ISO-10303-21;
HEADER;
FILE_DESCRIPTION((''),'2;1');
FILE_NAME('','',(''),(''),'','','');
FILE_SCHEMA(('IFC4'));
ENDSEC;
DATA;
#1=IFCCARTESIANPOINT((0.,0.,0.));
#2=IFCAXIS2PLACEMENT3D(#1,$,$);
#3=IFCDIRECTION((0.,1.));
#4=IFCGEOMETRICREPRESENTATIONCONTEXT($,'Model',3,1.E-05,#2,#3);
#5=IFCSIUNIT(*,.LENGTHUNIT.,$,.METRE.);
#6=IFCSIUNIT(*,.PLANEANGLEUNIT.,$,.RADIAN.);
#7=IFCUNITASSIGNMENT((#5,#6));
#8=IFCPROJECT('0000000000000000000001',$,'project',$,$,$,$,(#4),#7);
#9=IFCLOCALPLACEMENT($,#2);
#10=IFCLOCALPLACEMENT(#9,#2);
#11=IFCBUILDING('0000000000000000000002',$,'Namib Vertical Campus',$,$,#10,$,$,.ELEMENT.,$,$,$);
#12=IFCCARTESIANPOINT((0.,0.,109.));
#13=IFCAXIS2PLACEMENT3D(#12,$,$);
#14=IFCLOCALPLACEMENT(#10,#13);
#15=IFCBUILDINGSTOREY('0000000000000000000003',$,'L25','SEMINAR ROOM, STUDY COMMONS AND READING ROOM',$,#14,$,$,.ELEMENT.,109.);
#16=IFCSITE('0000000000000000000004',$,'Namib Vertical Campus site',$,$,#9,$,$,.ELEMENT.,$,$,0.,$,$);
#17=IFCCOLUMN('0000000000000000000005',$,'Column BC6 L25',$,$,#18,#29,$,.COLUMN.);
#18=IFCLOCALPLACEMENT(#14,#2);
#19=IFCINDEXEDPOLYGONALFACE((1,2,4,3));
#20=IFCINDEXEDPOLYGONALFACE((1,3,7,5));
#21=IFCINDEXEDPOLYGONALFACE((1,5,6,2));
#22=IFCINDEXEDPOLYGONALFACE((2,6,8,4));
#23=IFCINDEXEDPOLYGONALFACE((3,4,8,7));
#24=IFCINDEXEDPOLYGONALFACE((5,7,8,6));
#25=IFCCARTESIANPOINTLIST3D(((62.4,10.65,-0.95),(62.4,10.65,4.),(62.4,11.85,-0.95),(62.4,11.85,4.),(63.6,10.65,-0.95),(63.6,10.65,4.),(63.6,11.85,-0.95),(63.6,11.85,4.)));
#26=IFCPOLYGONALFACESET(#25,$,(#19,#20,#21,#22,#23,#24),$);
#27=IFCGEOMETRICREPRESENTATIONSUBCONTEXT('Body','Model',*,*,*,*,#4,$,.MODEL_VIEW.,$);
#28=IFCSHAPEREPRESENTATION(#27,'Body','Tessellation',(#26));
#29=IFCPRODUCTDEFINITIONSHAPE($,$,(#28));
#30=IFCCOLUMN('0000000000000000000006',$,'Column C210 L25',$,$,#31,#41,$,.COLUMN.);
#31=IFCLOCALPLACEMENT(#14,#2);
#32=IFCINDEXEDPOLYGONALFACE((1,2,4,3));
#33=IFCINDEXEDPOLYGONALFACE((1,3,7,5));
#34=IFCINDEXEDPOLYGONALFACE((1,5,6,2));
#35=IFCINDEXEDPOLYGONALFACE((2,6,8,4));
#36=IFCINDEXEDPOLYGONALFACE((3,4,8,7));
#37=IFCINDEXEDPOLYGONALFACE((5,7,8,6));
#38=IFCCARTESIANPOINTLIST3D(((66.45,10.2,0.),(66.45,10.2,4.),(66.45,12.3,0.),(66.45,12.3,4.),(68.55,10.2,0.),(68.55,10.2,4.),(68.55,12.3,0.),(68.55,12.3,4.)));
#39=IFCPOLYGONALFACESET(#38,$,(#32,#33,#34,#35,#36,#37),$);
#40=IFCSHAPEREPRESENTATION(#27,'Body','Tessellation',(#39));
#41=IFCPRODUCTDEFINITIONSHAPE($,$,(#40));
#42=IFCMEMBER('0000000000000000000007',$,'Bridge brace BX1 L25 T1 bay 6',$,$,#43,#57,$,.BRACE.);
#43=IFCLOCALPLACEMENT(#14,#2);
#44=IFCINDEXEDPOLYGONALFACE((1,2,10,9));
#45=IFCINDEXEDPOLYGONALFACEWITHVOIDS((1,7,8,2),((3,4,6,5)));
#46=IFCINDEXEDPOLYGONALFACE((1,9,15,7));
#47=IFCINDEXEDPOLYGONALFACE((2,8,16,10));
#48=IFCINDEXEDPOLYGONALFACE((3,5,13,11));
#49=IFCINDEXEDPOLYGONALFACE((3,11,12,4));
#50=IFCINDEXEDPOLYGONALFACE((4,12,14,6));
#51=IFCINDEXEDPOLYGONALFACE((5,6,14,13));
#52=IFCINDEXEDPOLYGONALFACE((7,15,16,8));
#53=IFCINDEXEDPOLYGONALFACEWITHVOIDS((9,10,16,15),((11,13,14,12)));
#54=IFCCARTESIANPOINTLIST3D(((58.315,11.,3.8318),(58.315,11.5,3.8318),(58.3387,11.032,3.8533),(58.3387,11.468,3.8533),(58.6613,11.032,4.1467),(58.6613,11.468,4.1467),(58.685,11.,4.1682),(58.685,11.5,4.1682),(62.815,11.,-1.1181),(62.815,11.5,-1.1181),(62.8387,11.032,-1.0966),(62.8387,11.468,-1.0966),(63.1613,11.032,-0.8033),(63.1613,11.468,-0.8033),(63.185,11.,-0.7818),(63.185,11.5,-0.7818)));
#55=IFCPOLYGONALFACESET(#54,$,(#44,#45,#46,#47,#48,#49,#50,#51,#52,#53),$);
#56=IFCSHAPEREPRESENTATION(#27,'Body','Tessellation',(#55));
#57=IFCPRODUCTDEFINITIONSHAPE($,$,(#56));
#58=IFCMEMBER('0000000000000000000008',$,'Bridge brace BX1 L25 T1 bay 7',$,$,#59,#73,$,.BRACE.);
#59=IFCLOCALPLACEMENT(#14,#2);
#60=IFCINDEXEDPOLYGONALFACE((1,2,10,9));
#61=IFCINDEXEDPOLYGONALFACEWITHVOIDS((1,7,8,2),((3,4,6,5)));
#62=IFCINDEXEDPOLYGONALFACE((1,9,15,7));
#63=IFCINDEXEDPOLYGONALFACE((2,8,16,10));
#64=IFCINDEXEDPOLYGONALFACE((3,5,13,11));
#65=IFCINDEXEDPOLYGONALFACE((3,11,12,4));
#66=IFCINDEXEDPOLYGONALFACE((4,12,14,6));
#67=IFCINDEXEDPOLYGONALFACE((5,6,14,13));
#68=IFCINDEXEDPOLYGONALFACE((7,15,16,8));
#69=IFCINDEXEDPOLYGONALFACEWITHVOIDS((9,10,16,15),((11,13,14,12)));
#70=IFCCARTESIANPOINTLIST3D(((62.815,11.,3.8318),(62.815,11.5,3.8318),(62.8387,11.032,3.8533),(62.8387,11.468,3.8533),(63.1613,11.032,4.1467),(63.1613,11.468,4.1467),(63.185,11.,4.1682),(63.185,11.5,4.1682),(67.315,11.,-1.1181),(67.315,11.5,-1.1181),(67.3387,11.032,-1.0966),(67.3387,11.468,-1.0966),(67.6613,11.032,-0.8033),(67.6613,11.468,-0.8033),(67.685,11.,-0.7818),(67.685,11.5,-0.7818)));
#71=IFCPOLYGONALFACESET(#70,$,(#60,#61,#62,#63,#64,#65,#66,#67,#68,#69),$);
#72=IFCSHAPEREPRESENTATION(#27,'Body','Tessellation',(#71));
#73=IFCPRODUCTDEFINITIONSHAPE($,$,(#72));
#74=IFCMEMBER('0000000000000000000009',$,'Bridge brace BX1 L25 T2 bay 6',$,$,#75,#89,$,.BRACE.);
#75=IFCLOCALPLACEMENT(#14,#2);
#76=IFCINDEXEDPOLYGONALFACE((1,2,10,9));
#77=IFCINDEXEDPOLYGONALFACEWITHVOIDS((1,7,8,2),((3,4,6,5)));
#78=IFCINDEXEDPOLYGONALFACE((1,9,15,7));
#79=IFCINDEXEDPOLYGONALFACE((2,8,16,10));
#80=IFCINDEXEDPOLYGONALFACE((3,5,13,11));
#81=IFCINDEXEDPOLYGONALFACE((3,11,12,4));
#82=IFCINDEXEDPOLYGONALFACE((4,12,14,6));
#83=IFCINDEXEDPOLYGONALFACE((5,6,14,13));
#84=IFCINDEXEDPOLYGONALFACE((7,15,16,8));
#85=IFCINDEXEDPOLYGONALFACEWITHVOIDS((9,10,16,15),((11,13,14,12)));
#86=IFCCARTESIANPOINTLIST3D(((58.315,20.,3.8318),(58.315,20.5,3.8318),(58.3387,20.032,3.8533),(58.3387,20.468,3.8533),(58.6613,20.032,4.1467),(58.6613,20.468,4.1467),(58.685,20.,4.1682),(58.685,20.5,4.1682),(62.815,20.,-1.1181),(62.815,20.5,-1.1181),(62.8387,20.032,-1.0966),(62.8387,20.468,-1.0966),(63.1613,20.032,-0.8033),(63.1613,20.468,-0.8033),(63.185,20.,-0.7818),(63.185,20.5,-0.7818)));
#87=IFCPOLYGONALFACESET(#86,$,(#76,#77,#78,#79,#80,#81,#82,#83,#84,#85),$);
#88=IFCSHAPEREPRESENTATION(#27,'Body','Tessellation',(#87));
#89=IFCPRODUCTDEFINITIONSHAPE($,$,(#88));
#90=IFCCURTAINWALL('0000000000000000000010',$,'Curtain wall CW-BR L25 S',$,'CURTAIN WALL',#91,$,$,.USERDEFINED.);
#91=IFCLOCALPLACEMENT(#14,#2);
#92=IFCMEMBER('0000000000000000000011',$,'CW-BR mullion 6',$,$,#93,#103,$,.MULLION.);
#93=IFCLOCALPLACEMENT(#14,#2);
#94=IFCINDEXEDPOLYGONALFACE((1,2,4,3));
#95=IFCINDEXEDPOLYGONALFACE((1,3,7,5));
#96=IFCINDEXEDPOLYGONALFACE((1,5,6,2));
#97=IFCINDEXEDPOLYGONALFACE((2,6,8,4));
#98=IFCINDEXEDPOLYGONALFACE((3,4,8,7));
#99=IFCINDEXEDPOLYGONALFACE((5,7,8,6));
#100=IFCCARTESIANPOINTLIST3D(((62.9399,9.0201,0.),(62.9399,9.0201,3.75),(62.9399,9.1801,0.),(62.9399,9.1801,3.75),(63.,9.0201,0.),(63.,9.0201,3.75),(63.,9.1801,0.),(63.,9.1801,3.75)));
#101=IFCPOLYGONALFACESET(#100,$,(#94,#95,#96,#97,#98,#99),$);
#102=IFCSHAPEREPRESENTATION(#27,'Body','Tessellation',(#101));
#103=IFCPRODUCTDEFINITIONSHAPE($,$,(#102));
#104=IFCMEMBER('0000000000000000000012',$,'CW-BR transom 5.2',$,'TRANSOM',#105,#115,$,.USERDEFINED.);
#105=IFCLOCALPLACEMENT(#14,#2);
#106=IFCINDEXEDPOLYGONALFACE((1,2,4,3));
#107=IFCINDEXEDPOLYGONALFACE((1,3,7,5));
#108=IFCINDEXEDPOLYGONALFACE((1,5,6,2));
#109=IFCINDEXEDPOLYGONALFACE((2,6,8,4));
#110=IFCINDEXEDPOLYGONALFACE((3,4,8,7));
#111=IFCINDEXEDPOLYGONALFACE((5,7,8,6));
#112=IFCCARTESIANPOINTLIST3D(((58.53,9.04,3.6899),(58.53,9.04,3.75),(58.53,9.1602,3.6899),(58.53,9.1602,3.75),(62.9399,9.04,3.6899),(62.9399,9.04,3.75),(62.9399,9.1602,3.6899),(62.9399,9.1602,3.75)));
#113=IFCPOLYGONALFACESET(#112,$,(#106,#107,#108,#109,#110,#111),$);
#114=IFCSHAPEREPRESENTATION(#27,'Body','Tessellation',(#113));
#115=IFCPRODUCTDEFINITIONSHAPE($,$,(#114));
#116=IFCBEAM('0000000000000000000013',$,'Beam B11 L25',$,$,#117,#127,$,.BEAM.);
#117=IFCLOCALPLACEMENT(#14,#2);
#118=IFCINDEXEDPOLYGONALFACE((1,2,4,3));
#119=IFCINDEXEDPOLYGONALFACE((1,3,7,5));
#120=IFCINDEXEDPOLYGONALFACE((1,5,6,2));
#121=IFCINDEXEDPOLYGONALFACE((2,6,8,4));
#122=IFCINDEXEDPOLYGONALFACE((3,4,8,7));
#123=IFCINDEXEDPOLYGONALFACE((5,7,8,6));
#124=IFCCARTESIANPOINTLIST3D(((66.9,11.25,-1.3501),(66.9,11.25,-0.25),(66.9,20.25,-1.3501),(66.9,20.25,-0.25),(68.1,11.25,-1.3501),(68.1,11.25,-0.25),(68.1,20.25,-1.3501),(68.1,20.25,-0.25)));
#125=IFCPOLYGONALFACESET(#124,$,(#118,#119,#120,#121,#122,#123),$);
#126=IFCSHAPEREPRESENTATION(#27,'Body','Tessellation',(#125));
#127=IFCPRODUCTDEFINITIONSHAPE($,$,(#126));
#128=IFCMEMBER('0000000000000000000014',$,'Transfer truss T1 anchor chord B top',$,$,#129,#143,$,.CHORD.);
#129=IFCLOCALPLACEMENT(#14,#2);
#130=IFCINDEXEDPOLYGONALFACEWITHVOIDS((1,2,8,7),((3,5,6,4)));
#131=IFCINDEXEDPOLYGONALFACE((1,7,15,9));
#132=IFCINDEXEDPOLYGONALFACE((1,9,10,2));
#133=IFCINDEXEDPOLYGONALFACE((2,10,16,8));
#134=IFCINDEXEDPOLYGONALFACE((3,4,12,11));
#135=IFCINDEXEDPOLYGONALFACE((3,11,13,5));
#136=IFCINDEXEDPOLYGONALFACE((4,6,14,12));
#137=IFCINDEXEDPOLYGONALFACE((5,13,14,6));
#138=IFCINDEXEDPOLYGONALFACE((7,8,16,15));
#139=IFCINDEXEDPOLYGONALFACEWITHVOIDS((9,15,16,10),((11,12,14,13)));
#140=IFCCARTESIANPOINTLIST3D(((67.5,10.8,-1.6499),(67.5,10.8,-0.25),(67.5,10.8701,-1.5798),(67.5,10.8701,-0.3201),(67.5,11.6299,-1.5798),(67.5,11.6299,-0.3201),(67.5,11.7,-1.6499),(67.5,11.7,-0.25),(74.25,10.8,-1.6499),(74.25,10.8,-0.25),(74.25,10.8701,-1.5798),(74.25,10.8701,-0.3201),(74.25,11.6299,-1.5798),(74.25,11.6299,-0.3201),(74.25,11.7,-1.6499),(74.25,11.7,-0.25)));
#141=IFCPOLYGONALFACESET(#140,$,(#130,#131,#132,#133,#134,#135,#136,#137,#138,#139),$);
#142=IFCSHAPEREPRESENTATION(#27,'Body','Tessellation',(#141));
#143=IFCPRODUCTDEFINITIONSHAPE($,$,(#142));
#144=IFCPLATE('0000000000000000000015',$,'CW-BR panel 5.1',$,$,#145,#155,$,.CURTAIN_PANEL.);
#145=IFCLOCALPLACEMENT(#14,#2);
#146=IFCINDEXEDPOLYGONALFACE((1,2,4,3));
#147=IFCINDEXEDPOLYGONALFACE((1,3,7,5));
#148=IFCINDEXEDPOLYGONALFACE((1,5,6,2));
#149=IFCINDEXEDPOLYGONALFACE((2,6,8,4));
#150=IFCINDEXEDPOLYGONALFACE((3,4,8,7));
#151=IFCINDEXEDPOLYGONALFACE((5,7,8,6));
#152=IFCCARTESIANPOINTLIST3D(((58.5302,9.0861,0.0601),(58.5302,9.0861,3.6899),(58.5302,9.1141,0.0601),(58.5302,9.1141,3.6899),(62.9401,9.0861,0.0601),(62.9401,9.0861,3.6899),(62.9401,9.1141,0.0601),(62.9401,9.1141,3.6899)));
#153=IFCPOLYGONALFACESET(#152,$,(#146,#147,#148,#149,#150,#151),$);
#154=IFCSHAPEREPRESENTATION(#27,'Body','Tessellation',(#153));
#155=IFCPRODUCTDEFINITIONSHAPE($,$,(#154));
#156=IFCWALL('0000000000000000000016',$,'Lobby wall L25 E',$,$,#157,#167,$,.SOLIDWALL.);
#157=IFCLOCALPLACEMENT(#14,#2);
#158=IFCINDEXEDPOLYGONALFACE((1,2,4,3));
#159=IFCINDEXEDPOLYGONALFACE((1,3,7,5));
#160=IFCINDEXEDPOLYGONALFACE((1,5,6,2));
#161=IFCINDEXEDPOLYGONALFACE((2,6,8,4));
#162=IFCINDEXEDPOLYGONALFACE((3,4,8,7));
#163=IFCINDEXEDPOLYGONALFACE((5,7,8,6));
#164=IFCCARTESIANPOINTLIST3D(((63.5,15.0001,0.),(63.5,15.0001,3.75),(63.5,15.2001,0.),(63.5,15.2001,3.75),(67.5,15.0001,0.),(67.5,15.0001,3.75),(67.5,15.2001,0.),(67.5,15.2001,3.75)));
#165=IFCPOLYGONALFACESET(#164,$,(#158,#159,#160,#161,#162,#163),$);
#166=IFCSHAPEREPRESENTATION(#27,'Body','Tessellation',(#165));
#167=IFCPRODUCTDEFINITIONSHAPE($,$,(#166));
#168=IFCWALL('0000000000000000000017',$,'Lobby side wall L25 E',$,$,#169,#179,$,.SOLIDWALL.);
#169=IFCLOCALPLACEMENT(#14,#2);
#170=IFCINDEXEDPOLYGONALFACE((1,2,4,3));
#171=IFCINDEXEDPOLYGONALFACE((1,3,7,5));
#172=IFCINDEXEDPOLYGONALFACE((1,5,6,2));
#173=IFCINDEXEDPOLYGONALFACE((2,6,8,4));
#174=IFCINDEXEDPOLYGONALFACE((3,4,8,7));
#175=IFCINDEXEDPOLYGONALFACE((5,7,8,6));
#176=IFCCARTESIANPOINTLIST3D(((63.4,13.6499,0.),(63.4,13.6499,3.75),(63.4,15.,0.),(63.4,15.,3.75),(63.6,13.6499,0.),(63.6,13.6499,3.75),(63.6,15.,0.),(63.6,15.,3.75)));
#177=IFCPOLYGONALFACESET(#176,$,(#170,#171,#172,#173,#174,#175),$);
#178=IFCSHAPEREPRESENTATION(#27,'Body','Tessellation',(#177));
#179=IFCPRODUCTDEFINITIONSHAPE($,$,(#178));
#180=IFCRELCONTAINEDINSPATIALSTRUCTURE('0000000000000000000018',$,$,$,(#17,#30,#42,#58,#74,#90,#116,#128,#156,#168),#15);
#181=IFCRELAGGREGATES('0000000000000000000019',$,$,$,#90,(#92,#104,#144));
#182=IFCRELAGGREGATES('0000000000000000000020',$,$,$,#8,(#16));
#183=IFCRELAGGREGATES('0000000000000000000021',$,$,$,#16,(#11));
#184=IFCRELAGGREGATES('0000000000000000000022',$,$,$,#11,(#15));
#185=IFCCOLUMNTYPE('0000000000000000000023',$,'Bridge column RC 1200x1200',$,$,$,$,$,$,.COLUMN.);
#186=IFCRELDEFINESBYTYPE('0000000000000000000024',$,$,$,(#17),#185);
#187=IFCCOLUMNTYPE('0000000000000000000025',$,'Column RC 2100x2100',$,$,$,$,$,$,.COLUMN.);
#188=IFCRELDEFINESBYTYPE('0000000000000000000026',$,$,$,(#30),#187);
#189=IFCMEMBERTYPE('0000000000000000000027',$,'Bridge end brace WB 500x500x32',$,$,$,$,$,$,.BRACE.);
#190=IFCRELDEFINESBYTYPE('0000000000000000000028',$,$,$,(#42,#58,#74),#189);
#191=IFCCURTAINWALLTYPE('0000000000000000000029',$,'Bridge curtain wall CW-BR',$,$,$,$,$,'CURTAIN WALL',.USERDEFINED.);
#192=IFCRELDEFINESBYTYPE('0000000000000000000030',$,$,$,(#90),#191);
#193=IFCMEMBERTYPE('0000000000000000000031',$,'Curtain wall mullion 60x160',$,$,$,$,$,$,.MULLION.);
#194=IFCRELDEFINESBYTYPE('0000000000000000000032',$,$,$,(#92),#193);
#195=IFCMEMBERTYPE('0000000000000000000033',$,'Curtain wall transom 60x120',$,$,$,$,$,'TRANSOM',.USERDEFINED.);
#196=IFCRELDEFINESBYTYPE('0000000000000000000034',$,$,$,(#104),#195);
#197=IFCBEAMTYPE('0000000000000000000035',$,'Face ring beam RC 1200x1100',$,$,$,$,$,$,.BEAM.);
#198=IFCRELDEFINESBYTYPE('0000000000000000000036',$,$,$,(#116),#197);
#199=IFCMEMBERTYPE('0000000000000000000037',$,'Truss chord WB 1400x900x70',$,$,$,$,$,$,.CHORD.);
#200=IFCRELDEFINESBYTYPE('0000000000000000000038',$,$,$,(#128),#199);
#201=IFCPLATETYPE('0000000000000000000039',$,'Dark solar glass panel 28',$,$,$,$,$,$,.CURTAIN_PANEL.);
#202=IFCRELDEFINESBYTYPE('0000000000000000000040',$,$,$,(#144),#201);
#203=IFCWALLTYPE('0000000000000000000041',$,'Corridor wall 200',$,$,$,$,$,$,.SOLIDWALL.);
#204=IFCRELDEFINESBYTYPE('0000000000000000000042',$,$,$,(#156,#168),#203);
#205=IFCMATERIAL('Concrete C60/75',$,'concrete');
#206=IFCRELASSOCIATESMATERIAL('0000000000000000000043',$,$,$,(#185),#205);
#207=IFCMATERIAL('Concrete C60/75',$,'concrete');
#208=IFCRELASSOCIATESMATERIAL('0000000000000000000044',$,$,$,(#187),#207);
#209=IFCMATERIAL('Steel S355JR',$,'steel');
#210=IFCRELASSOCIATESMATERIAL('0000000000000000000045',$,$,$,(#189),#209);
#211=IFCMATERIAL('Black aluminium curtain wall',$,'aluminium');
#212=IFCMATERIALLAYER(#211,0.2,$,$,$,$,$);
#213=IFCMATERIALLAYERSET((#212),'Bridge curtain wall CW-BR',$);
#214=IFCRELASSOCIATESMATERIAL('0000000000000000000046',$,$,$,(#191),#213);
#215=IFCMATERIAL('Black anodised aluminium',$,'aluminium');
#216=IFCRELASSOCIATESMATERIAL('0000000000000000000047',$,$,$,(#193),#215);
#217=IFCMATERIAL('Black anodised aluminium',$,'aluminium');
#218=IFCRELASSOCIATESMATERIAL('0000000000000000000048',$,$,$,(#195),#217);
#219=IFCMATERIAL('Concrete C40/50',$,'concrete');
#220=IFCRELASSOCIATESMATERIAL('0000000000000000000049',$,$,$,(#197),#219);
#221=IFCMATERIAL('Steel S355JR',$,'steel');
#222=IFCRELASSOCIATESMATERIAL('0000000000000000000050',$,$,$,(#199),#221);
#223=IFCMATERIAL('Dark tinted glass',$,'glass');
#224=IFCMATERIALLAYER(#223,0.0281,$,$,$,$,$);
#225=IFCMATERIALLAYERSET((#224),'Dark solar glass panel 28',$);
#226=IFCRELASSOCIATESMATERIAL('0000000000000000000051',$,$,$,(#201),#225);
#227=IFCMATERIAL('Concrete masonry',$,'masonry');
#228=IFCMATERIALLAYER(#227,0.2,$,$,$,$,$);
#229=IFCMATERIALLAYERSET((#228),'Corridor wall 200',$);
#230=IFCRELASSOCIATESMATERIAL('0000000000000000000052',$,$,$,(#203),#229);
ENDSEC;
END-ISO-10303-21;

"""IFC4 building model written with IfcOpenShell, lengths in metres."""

from ifc_helpers import new_model, si_unit, direction, frame, frame_2d, origin, origin_2d, place, context, subcontext, project, spatial, rectangle, hollow_rectangle, extrude, material, layer, layer_set, material_profile, profile_set, type_object, element, aggregate, save


model = new_model("IFC4")

# Units and contexts
model_context = context("Model", 3, precision=1e-05, world=origin(), true_north=direction((0.0, 1.0)))
body_context = subcontext(model_context, "Body", "Model", "MODEL_VIEW")
ifc_project = project(units=[si_unit("LENGTHUNIT", "METRE"), si_unit("PLANEANGLEUNIT", "RADIAN")], contexts=[model_context])

# Site, building, storey
site_placement = place(None, origin())
site = spatial("IfcSite", under=ifc_project, at=site_placement, Name="Namib Vertical Campus site", CompositionType="ELEMENT", RefElevation=0.0)
building_placement = place(site_placement, origin())
building = spatial("IfcBuilding", under=site, at=building_placement, Name="Namib Vertical Campus", CompositionType="ELEMENT")
storey_placement = place(building_placement, frame((0.0, 0.0, 109.0)))
storey = spatial("IfcBuildingStorey", under=building, at=storey_placement, Name="L25", Description="SEMINAR ROOM, STUDY COMMONS AND READING ROOM", CompositionType="ELEMENT", Elevation=109.0)

# Columns
ifc_material_1 = material(Name="Concrete C60/75", Category="concrete")
ifc_material_profile_1 = material_profile(ifc_material_1, rectangle(XDim=1.2, YDim=1.2, at=origin_2d()))
ifc_profile_set_1 = profile_set([ifc_material_profile_1], Name="Concrete C60/75")
column_type_1 = type_object("IfcColumnType", Name="Bridge column RC 1200x1200", PredefinedType="COLUMN", material=ifc_profile_set_1)
column_1_placement = place(storey_placement, frame((63.0, 11.25, -0.95), z_axis=(0.0, 0.0, 1.0), x_axis=(1.0, 0.0, 0.0)))
element("IfcColumn", 1, at=column_1_placement, inside=storey, type_object=column_type_1, Name="Column BC6 L25", PredefinedType="COLUMN", context=body_context, shape_type="SweptSolid", body=[
    extrude(rectangle(XDim=1.2, YDim=1.2, at=origin_2d()), origin(), (0.0, 0.0, 1.0), 4.95),
])
ifc_material_2 = material(Name="Concrete C60/75", Category="concrete")
ifc_material_profile_2 = material_profile(ifc_material_2, rectangle(XDim=2.1001, YDim=2.1001, at=origin_2d()))
ifc_profile_set_2 = profile_set([ifc_material_profile_2], Name="Concrete C60/75")
column_type_2 = type_object("IfcColumnType", Name="Column RC 2100x2100", PredefinedType="COLUMN", material=ifc_profile_set_2)
column_2_placement = place(storey_placement, frame((67.5, 11.25, 0.0), z_axis=(0.0, 0.0, 1.0), x_axis=(1.0, 0.0, 0.0)))
element("IfcColumn", 2, at=column_2_placement, inside=storey, type_object=column_type_2, Name="Column C210 L25", PredefinedType="COLUMN", context=body_context, shape_type="SweptSolid", body=[
    extrude(rectangle(XDim=2.1001, YDim=2.1001, at=origin_2d()), origin(), (0.0, 0.0, 1.0), 4.0),
])

# Members
ifc_material_3 = material(Name="Steel S355JR", Category="steel")
ifc_material_profile_3 = material_profile(ifc_material_3, hollow_rectangle(XDim=0.5, YDim=0.5, WallThickness=0.032, at=origin_2d()))
ifc_profile_set_3 = profile_set([ifc_material_profile_3], Name="Steel S355JR")
member_type_1 = type_object("IfcMemberType", Name="Bridge end brace WB 500x500x32", PredefinedType="BRACE", material=ifc_profile_set_3)
for number, where, z_axis, x_axis, name in (
    (3, (63.0, 11.25, -0.95), (-0.672676, 0.0, 0.739937), (0.0, -1.0, 0.0), "Bridge brace BX1 L25 T1 bay 6"),
    (4, (67.5, 11.25, -0.95), (-0.672676, 0.0, 0.739937), (0.0, -1.0, 0.0), "Bridge brace BX1 L25 T1 bay 7"),
    (5, (63.0, 20.25, -0.95), (-0.672676, 0.0, 0.739937), (0.0, -1.0, 0.0), "Bridge brace BX1 L25 T2 bay 6"),
):
    element("IfcMember", number, at=place(storey_placement, frame(where, z_axis=z_axis, x_axis=x_axis)), inside=storey, type_object=member_type_1, Name=name, PredefinedType="BRACE", context=body_context, shape_type="SweptSolid", body=[
        extrude(hollow_rectangle(XDim=0.5, YDim=0.5, WallThickness=0.032, at=origin_2d()), origin(), (0.0, 0.0, 1.0), 6.6897),
    ])

# Curtain wall, members
ifc_material_4 = material(Name="Black aluminium curtain wall", Category="aluminium")
ifc_layer_1 = layer(ifc_material_4, 0.2)
ifc_layer_set_1 = layer_set([ifc_layer_1], Name="Bridge curtain wall CW-BR")
curtain_wall_type = type_object("IfcCurtainWallType", Name="Bridge curtain wall CW-BR", ElementType="CURTAIN WALL", PredefinedType="USERDEFINED", material=ifc_layer_set_1)
curtain_wall_placement = place(storey_placement, origin())
curtain_wall = element("IfcCurtainWall", 6, at=curtain_wall_placement, inside=storey, type_object=curtain_wall_type, Name="Curtain wall CW-BR L25 S", ObjectType="CURTAIN WALL", PredefinedType="USERDEFINED")
ifc_material_5 = material(Name="Black anodised aluminium", Category="aluminium")
ifc_material_profile_4 = material_profile(ifc_material_5, rectangle(XDim=0.0601, YDim=0.1599, at=origin_2d()))
ifc_profile_set_4 = profile_set([ifc_material_profile_4], Name="Black anodised aluminium")
member_type_2 = type_object("IfcMemberType", Name="Curtain wall mullion 60x160", PredefinedType="MULLION", material=ifc_profile_set_4)
member_1_placement = place(storey_placement, frame((62.97, 9.1001, 0.0), z_axis=(0.0, 0.0, 1.0), x_axis=(1.0, 0.0, 0.0)))
member_1 = element("IfcMember", 7, at=member_1_placement, type_object=member_type_2, Name="CW-BR mullion 6", PredefinedType="MULLION", context=body_context, shape_type="SweptSolid", body=[
    extrude(rectangle(XDim=0.0601, YDim=0.1599, at=origin_2d()), origin(), (0.0, 0.0, 1.0), 3.75),
])
ifc_material_6 = material(Name="Black anodised aluminium", Category="aluminium")
ifc_material_profile_5 = material_profile(ifc_material_6, rectangle(XDim=0.0601, YDim=0.1201, at=origin_2d()))
ifc_profile_set_5 = profile_set([ifc_material_profile_5], Name="Black anodised aluminium")
member_type_3 = type_object("IfcMemberType", Name="Curtain wall transom 60x120", ElementType="TRANSOM", PredefinedType="USERDEFINED", material=ifc_profile_set_5)
member_2_placement = place(storey_placement, frame((58.53, 9.1001, 3.72), z_axis=(1.0, 0.0, 0.0), x_axis=(0.0, 0.0, 1.0)))
member_2 = element("IfcMember", 8, at=member_2_placement, type_object=member_type_3, Name="CW-BR transom 5.2", ObjectType="TRANSOM", PredefinedType="USERDEFINED", context=body_context, shape_type="SweptSolid", body=[
    extrude(rectangle(XDim=0.0601, YDim=0.1201, at=origin_2d()), origin(), (0.0, 0.0, 1.0), 4.4099),
])

# Beam
ifc_material_7 = material(Name="Concrete C40/50", Category="concrete")
ifc_material_profile_6 = material_profile(ifc_material_7, rectangle(XDim=1.2, YDim=1.1001, at=origin_2d()))
ifc_profile_set_6 = profile_set([ifc_material_profile_6], Name="Concrete C40/50")
beam_type = type_object("IfcBeamType", Name="Face ring beam RC 1200x1100", PredefinedType="BEAM", material=ifc_profile_set_6)
beam_placement = place(storey_placement, frame((67.5, 11.25, -0.8), z_axis=(0.0, 1.0, 0.0), x_axis=(-1.0, 0.0, 0.0)))
element("IfcBeam", 9, at=beam_placement, inside=storey, type_object=beam_type, Name="Beam B11 L25", PredefinedType="BEAM", context=body_context, shape_type="SweptSolid", body=[
    extrude(rectangle(XDim=1.2, YDim=1.1001, at=origin_2d()), origin(), (0.0, 0.0, 1.0), 9.0),
])

# Member
ifc_material_8 = material(Name="Steel S355JR", Category="steel")
ifc_material_profile_7 = material_profile(ifc_material_8, hollow_rectangle(XDim=0.8999, YDim=1.3999, WallThickness=0.0701, at=origin_2d()))
ifc_profile_set_7 = profile_set([ifc_material_profile_7], Name="Steel S355JR")
member_type_4 = type_object("IfcMemberType", Name="Truss chord WB 1400x900x70", PredefinedType="CHORD", material=ifc_profile_set_7)
member_3_placement = place(storey_placement, frame((67.5, 11.25, -0.95), z_axis=(1.0, 0.0, 0.0), x_axis=(0.0, 1.0, 0.0)))
element("IfcMember", 10, at=member_3_placement, inside=storey, type_object=member_type_4, Name="Transfer truss T1 anchor chord B top", PredefinedType="CHORD", context=body_context, shape_type="SweptSolid", body=[
    extrude(hollow_rectangle(XDim=0.8999, YDim=1.3999, WallThickness=0.0701, at=origin_2d()), origin(), (0.0, 0.0, 1.0), 6.75),
])

# Plate
ifc_material_9 = material(Name="Dark tinted glass", Category="glass")
ifc_layer_2 = layer(ifc_material_9, 0.0281)
ifc_layer_set_2 = layer_set([ifc_layer_2], Name="Dark solar glass panel 28")
plate_type = type_object("IfcPlateType", Name="Dark solar glass panel 28", PredefinedType="CURTAIN_PANEL", material=ifc_layer_set_2)
plate_placement = place(storey_placement, frame((60.7351, 9.1001, 0.0601), z_axis=(0.0, 0.0, 1.0), x_axis=(1.0, 0.0, 0.0)))
plate = element("IfcPlate", 11, at=plate_placement, type_object=plate_type, Name="CW-BR panel 5.1", PredefinedType="CURTAIN_PANEL", context=body_context, shape_type="SweptSolid", body=[
    extrude(rectangle(XDim=4.4099, YDim=0.0281, at=origin_2d()), origin(), (0.0, 0.0, 1.0), 3.6299),
])
aggregate(curtain_wall, [member_1, member_2, plate])

# Walls
ifc_material_10 = material(Name="Concrete masonry", Category="masonry")
ifc_layer_3 = layer(ifc_material_10, 0.2)
ifc_layer_set_3 = layer_set([ifc_layer_3], Name="Corridor wall 200")
wall_type_1 = type_object("IfcWallType", Name="Corridor wall 200", PredefinedType="SOLIDWALL", material=ifc_layer_set_3)
wall_1_placement = place(storey_placement, frame((63.5, 15.1001, 0.0), z_axis=(0.0, 0.0, 1.0), x_axis=(1.0, 0.0, 0.0)))
element("IfcWall", 12, at=wall_1_placement, inside=storey, type_object=wall_type_1, Name="Lobby wall L25 E", PredefinedType="SOLIDWALL", context=body_context, shape_type="SweptSolid", body=[
    extrude(rectangle(XDim=4.0, YDim=0.2, at=frame_2d((2.0, 0.0))), origin(), (0.0, 0.0, 1.0), 3.75),
])
wall_2_placement = place(storey_placement, frame((63.5, 13.6499, 0.0), z_axis=(0.0, 0.0, 1.0), x_axis=(0.0, 1.0, 0.0)))
element("IfcWall", 13, at=wall_2_placement, inside=storey, type_object=wall_type_1, Name="Lobby side wall L25 E", PredefinedType="SOLIDWALL", context=body_context, shape_type="SweptSolid", body=[
    extrude(rectangle(XDim=1.3501, YDim=0.2, at=frame_2d((0.675, 0.0))), origin(), (0.0, 0.0, 1.0), 3.75),
])

save(model, "model.ifc")
